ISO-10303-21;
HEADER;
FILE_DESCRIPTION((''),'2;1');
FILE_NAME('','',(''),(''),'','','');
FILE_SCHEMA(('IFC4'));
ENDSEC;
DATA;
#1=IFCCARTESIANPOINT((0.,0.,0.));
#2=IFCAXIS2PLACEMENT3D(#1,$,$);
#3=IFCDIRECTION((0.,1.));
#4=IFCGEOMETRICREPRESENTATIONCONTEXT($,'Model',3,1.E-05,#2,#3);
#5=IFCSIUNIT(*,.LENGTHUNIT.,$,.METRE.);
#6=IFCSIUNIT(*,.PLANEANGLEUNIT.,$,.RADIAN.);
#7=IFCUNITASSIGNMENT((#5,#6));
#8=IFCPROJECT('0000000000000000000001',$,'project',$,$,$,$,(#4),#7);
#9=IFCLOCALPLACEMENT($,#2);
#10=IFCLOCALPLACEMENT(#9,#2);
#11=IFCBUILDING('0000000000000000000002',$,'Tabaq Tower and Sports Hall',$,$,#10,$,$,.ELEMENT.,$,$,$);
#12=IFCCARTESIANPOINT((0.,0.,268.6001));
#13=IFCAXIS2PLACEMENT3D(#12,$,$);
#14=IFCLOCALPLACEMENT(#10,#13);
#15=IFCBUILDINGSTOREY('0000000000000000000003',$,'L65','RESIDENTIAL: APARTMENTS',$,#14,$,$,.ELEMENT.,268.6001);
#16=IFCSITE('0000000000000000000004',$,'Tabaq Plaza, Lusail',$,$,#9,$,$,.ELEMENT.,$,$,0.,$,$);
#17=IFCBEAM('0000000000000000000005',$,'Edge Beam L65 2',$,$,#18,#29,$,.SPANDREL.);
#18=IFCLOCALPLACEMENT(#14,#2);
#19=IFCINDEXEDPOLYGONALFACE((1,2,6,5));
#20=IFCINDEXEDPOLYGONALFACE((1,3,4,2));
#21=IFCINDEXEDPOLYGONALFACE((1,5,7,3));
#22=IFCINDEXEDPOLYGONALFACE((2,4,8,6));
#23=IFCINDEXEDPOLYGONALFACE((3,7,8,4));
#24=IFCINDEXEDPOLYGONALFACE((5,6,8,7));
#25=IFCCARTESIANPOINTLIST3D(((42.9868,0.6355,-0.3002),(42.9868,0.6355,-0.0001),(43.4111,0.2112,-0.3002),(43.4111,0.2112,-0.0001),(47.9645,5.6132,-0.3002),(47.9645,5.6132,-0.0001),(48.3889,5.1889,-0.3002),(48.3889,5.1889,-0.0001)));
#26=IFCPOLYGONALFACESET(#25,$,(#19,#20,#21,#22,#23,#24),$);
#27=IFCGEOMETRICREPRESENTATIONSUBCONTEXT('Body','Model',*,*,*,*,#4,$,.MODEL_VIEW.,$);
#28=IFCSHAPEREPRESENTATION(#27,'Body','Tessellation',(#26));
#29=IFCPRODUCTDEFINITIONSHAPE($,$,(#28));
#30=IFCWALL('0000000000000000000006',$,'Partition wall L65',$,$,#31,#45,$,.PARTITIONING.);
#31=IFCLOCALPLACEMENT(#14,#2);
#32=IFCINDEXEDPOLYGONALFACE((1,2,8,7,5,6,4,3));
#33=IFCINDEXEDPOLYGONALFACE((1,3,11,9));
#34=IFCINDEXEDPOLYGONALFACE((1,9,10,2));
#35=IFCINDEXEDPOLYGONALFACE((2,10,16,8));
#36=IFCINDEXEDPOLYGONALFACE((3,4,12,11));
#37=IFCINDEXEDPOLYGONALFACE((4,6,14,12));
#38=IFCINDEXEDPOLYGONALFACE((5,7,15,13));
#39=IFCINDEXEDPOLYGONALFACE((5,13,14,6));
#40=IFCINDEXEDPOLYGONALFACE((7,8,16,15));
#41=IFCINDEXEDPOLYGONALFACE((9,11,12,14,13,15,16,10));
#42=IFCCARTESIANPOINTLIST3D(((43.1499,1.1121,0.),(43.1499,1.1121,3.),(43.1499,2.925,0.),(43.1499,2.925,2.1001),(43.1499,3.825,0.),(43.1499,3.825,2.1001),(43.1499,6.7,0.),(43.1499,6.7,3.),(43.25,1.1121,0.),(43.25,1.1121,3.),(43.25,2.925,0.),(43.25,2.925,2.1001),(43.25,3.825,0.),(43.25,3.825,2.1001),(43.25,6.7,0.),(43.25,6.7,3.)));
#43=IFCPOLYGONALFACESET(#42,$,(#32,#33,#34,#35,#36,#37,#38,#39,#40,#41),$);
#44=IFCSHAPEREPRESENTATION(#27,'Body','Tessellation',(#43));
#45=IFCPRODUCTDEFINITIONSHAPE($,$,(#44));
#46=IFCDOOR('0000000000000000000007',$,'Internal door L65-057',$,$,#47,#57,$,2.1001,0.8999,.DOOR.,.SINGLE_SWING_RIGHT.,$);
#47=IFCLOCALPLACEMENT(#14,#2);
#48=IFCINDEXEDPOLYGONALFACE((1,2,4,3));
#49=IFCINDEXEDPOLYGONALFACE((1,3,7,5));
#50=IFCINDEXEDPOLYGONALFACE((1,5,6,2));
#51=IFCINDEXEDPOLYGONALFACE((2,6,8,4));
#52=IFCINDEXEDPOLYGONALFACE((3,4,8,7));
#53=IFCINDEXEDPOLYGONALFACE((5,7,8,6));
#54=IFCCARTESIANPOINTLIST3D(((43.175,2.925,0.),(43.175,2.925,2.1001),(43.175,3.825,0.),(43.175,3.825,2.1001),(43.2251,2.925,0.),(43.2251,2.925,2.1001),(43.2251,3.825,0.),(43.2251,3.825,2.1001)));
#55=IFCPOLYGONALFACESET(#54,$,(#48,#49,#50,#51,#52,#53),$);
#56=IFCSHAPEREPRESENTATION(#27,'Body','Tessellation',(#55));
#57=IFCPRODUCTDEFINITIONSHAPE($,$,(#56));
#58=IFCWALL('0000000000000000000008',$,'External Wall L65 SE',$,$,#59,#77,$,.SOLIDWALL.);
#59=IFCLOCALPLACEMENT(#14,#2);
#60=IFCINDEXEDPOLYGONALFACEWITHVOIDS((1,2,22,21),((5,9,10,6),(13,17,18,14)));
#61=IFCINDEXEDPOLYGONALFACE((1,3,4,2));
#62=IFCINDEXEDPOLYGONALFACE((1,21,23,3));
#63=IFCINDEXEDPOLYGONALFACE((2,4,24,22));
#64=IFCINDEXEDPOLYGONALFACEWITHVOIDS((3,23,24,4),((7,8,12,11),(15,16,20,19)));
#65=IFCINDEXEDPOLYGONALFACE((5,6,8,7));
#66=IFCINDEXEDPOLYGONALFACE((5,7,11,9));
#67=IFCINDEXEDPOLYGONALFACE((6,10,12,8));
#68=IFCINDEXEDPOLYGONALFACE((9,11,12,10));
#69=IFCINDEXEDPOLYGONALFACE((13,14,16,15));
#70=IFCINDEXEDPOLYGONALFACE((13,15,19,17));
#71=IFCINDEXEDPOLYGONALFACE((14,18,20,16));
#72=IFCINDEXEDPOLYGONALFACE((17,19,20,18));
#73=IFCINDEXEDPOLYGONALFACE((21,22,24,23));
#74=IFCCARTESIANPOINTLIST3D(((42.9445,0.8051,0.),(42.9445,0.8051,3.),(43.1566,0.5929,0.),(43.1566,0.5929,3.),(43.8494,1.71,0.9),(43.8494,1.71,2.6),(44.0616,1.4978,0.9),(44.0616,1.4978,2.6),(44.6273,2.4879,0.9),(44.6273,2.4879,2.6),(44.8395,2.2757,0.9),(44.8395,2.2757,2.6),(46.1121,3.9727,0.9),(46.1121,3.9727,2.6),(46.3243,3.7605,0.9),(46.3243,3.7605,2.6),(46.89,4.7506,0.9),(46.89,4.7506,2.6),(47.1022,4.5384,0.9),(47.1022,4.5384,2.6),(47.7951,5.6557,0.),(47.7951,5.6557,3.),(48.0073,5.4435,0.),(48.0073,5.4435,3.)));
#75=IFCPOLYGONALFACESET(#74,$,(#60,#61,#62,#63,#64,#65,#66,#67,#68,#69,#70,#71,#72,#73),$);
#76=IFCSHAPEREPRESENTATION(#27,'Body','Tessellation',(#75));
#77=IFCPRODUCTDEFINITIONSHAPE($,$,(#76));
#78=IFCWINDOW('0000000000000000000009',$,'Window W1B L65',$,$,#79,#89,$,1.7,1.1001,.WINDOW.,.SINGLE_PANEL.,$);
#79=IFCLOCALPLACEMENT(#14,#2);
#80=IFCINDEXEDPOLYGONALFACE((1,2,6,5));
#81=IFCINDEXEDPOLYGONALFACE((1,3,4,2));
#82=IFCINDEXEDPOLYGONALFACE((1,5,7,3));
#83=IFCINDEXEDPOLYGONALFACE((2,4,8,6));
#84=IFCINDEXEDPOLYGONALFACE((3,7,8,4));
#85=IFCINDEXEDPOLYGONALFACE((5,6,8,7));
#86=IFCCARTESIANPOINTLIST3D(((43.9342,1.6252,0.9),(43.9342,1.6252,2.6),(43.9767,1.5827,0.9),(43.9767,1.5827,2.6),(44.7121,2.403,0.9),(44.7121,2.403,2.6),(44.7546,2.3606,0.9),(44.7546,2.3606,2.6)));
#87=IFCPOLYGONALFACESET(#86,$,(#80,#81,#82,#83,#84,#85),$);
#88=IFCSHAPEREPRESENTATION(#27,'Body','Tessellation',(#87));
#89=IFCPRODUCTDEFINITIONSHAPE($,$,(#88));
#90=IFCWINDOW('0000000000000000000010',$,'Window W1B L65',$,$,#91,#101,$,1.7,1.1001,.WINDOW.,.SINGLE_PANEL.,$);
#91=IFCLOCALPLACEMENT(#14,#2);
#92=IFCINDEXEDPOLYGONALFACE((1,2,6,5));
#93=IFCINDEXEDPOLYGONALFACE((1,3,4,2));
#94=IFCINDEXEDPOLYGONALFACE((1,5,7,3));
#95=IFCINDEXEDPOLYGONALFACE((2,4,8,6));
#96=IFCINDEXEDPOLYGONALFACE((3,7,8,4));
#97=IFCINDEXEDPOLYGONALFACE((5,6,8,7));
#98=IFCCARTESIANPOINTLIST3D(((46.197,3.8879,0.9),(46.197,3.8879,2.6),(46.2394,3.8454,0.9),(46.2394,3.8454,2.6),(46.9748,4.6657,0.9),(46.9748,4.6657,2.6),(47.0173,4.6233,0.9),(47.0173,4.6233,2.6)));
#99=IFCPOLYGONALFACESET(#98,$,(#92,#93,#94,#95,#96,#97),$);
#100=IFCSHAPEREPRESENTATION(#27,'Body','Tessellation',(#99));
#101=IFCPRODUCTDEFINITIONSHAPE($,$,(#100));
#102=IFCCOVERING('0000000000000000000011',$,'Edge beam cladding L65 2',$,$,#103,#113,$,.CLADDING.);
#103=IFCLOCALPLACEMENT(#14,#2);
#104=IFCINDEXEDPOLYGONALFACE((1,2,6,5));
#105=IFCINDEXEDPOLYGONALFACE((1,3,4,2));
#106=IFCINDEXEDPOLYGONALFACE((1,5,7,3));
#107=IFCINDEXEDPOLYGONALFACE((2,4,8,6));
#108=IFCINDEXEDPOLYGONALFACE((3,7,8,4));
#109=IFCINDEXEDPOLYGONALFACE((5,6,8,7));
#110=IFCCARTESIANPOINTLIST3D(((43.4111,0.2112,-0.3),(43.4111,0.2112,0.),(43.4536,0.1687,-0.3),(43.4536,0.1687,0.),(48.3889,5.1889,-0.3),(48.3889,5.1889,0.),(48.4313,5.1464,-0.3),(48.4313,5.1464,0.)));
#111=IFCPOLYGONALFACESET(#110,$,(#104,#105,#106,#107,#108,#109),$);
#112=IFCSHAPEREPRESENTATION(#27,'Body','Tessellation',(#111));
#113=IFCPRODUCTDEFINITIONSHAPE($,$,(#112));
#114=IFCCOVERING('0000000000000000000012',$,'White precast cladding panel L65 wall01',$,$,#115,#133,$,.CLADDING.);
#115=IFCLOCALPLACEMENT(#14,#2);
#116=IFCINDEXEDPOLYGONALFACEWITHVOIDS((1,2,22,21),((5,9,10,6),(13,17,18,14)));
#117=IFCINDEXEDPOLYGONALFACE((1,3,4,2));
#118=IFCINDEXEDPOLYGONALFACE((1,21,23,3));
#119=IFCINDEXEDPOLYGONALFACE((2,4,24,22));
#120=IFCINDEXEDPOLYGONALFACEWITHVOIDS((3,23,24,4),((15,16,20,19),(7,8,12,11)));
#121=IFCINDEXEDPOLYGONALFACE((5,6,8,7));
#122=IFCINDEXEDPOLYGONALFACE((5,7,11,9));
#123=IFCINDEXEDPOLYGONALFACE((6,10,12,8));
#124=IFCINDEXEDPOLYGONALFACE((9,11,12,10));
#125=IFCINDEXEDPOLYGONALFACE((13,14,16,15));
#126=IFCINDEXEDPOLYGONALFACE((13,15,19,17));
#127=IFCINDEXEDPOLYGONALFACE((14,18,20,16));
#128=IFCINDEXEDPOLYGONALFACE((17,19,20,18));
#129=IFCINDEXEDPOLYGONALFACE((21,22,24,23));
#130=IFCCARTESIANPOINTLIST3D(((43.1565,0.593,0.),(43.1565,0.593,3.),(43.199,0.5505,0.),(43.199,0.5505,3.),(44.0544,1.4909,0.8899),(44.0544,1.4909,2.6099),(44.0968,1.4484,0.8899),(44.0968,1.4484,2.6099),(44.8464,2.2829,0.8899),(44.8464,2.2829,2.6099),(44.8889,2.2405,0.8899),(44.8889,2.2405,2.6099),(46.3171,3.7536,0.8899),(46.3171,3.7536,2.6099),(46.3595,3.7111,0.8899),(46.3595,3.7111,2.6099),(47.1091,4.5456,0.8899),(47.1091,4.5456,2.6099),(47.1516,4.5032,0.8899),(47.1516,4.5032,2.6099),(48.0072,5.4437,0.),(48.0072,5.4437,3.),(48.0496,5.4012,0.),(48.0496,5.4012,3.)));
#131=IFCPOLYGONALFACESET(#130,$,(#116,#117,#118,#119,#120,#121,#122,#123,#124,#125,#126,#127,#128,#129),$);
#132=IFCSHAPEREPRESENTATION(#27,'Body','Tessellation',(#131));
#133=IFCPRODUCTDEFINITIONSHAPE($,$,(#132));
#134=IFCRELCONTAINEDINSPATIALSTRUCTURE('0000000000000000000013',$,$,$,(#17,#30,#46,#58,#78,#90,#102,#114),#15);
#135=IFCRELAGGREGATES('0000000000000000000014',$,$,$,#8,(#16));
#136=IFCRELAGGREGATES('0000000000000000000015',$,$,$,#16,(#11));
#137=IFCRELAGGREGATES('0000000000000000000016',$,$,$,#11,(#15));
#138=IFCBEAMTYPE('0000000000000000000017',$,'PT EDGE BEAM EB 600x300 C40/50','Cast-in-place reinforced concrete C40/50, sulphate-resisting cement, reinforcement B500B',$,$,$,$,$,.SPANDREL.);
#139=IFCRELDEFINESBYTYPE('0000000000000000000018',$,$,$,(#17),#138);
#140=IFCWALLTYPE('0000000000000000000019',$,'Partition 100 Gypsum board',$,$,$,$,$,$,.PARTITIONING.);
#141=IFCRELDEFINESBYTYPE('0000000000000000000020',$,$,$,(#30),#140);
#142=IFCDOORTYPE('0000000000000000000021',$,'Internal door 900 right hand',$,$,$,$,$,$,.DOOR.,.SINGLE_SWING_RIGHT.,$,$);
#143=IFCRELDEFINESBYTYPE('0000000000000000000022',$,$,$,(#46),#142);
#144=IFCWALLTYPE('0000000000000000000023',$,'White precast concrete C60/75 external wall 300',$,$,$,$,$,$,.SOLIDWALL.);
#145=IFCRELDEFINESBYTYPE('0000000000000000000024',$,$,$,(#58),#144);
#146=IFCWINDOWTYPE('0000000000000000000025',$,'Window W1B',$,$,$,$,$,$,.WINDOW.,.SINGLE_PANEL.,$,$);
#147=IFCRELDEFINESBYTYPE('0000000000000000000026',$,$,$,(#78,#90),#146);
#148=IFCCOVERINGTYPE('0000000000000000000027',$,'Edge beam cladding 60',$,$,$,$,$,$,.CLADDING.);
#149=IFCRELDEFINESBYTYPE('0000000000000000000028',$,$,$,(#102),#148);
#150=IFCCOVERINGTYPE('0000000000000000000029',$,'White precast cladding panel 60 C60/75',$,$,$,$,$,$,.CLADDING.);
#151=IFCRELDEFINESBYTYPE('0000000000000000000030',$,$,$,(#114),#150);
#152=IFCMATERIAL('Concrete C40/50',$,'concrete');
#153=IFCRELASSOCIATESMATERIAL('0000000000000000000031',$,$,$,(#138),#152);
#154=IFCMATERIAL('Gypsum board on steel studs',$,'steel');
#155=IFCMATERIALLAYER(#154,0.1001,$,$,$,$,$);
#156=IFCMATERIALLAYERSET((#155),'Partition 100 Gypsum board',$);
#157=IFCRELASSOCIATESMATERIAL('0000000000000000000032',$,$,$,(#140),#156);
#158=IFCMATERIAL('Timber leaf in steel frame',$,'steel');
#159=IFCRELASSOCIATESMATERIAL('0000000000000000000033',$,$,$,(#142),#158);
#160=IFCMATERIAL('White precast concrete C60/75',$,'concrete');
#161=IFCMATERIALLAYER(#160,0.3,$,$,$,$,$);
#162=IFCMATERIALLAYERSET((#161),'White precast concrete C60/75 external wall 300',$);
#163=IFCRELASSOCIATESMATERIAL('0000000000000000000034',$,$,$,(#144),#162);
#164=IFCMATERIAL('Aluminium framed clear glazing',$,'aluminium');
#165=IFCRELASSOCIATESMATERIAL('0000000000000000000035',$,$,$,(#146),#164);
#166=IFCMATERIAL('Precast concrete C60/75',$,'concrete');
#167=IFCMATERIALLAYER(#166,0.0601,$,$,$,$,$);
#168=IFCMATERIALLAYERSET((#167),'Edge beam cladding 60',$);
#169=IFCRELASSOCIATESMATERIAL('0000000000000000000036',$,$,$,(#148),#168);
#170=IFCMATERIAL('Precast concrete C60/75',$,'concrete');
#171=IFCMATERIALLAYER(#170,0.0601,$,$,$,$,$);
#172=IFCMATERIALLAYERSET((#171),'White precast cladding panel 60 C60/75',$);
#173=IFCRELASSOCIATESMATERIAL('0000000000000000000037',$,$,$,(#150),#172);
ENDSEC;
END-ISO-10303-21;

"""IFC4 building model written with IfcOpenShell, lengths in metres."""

from ifc_helpers import new_model, si_unit, direction, frame, frame_2d, origin, origin_2d, place, context, subcontext, project, spatial, polyline, rectangle, outline, extrude, material, layer, layer_set, material_profile, profile_set, type_object, element, fill, save


model = new_model("IFC4")

# Units and contexts
model_context = context("Model", 3, precision=1e-05, world=origin(), true_north=direction((0.0, 1.0)))
body_context = subcontext(model_context, "Body", "Model", "MODEL_VIEW")
ifc_project = project(units=[si_unit("LENGTHUNIT", "METRE"), si_unit("PLANEANGLEUNIT", "RADIAN")], contexts=[model_context])

# Site, building, storey
site_placement = place(None, origin())
site = spatial("IfcSite", under=ifc_project, at=site_placement, Name="Tabaq Plaza, Lusail", CompositionType="ELEMENT", RefElevation=0.0)
building_placement = place(site_placement, origin())
building = spatial("IfcBuilding", under=site, at=building_placement, Name="Tabaq Tower and Sports Hall", CompositionType="ELEMENT")
storey_placement = place(building_placement, frame((0.0, 0.0, 268.6001)))
storey = spatial("IfcBuildingStorey", under=building, at=storey_placement, Name="L65", Description="RESIDENTIAL: APARTMENTS", CompositionType="ELEMENT", Elevation=268.6001)

# Beam
ifc_material_1 = material(Name="Concrete C40/50", Category="concrete")
ifc_material_profile = material_profile(ifc_material_1, rectangle(XDim=0.6001, YDim=0.3, at=origin_2d()), Name="EB 600x300")
ifc_profile_set = profile_set([ifc_material_profile], Name="Concrete C40/50")
beam_type = type_object("IfcBeamType", Name="PT EDGE BEAM EB 600x300 C40/50", Description="Cast-in-place reinforced concrete C40/50, sulphate-resisting cement, reinforcement B500B", PredefinedType="SPANDREL", material=ifc_profile_set)
beam_placement = place(storey_placement, frame((43.199, 0.4233, -0.1501), z_axis=(0.707107, 0.707107, 0.0), x_axis=(-0.707107, 0.707107, 0.0)))
element("IfcBeam", 1, at=beam_placement, inside=storey, type_object=beam_type, Name="Edge Beam L65 2", PredefinedType="SPANDREL", context=body_context, shape_type="SweptSolid", body=[
    extrude(rectangle(XDim=0.6001, YDim=0.3, at=origin_2d()), origin(), (0.0, 0.0, 1.0), 7.0396),
])

# Wall, opening, door
ifc_material_2 = material(Name="Gypsum board on steel studs", Category="steel")
ifc_layer_1 = layer(ifc_material_2, 0.1001)
ifc_layer_set_1 = layer_set([ifc_layer_1], Name="Partition 100 Gypsum board")
wall_type_1 = type_object("IfcWallType", Name="Partition 100 Gypsum board", PredefinedType="PARTITIONING", material=ifc_layer_set_1)
wall_1_placement = place(storey_placement, frame((43.2, 1.1121, 0.0), z_axis=(0.0, 0.0, 1.0), x_axis=(0.0, 1.0, 0.0)))
wall_1 = element("IfcWall", 2, at=wall_1_placement, inside=storey, type_object=wall_type_1, Name="Partition wall L65", PredefinedType="PARTITIONING", context=body_context, shape_type="SweptSolid", body=[
    extrude(rectangle(XDim=5.5879, YDim=0.1001, at=frame_2d((2.7939, 0.0))), origin(), (0.0, 0.0, 1.0), 3.0),
])
opening_1_placement = place(wall_1_placement, frame((1.813, 0.0, 0.0)))
opening_1 = element("IfcOpeningElement", 3, at=opening_1_placement, cuts=wall_1, PredefinedType="OPENING", context=body_context, shape_type="SweptSolid", body=[
    extrude(rectangle(XDim=0.8999, YDim=2.1001, at=frame_2d((0.45, 1.05))), frame((0.0, 0.05, 0.0), z_axis=(0.0, -1.0, 0.0), x_axis=(1.0, 0.0, 0.0)), (0.0, 0.0, 1.0), 0.1001),
])
ifc_material_3 = material(Name="Timber leaf in steel frame", Category="steel")
door_type = type_object("IfcDoorType", Name="Internal door 900 right hand", OperationType="SINGLE_SWING_RIGHT", PredefinedType="DOOR", material=ifc_material_3)
door_placement = place(opening_1_placement, origin())
door = element("IfcDoor", 4, at=door_placement, inside=storey, type_object=door_type, Name="Internal door L65-057", OperationType="SINGLE_SWING_RIGHT", OverallHeight=2.1001, OverallWidth=0.8999, PredefinedType="DOOR", context=body_context, shape_type="SweptSolid", body=[
    extrude(rectangle(XDim=0.8999, YDim=2.1001, at=frame_2d((0.45, 1.05))), frame((0.0, 0.0249, 0.0), z_axis=(0.0, -1.0, 0.0), x_axis=(1.0, 0.0, 0.0)), (0.0, 0.0, 1.0), 0.05),
])
fill(opening_1, door)

# Wall, openings, windows
ifc_material_4 = material(Name="White precast concrete C60/75", Category="concrete")
ifc_layer_2 = layer(ifc_material_4, 0.3)
ifc_layer_set_2 = layer_set([ifc_layer_2], Name="White precast concrete C60/75 external wall 300")
wall_type_2 = type_object("IfcWallType", Name="White precast concrete C60/75 external wall 300", PredefinedType="SOLIDWALL", material=ifc_layer_set_2)
wall_2_placement = place(storey_placement, frame((43.0505, 0.699, 0.0), z_axis=(0.0, 0.0, 1.0), x_axis=(0.707107, 0.707107, 0.0)))
wall_2 = element("IfcWall", 5, at=wall_2_placement, inside=storey, type_object=wall_type_2, Name="External Wall L65 SE", PredefinedType="SOLIDWALL", context=body_context, shape_type="SweptSolid", body=[
    extrude(rectangle(XDim=6.8599, YDim=0.3, at=frame_2d((3.4299, 0.0))), origin(), (0.0, 0.0, 1.0), 3.0),
])
opening_2_placement = place(wall_2_placement, frame((1.2798, 0.0, 0.8999)))
opening_2 = element("IfcOpeningElement", 6, at=opening_2_placement, cuts=wall_2, PredefinedType="OPENING", context=body_context, shape_type="SweptSolid", body=[
    extrude(rectangle(XDim=1.1001, YDim=1.7, at=frame_2d((0.55, 0.8501))), frame((0.0, 0.1602, 0.0), z_axis=(0.0, -1.0, 0.0), x_axis=(1.0, 0.0, 0.0)), (0.0, 0.0, 1.0), 0.3201),
])
opening_3_placement = place(wall_2_placement, frame((4.4797, 0.0, 0.8999)))
opening_3 = element("IfcOpeningElement", 7, at=opening_3_placement, cuts=wall_2, PredefinedType="OPENING", context=body_context, shape_type="SweptSolid", body=[
    extrude(rectangle(XDim=1.1001, YDim=1.7, at=frame_2d((0.55, 0.8501))), frame((0.0, 0.1602, 0.0), z_axis=(0.0, -1.0, 0.0), x_axis=(1.0, 0.0, 0.0)), (0.0, 0.0, 1.0), 0.3201),
])
ifc_material_5 = material(Name="Aluminium framed clear glazing", Category="aluminium")
window_type = type_object("IfcWindowType", Name="Window W1B", PartitioningType="SINGLE_PANEL", PredefinedType="WINDOW", material=ifc_material_5)
window_1_placement = place(opening_2_placement, origin())
window_1 = element("IfcWindow", 8, at=window_1_placement, inside=storey, type_object=window_type, Name="Window W1B L65", OverallHeight=1.7, OverallWidth=1.1001, PartitioningType="SINGLE_PANEL", PredefinedType="WINDOW", context=body_context, shape_type="SweptSolid", body=[
    extrude(rectangle(XDim=1.1001, YDim=1.7, at=frame_2d((0.55, 0.8501))), frame((0.0, 0.03, 0.0), z_axis=(0.0, -1.0, 0.0), x_axis=(1.0, 0.0, 0.0)), (0.0, 0.0, 1.0), 0.0601),
])
fill(opening_2, window_1)
window_2_placement = place(opening_3_placement, origin())
window_2 = element("IfcWindow", 9, at=window_2_placement, inside=storey, type_object=window_type, Name="Window W1B L65", OverallHeight=1.7, OverallWidth=1.1001, PartitioningType="SINGLE_PANEL", PredefinedType="WINDOW", context=body_context, shape_type="SweptSolid", body=[
    extrude(rectangle(XDim=1.1001, YDim=1.7, at=frame_2d((0.55, 0.8501))), frame((0.0, 0.03, 0.0), z_axis=(0.0, -1.0, 0.0), x_axis=(1.0, 0.0, 0.0)), (0.0, 0.0, 1.0), 0.0601),
])
fill(opening_3, window_2)

# Coverings
ifc_material_6 = material(Name="Precast concrete C60/75", Category="concrete")
ifc_layer_3 = layer(ifc_material_6, 0.0601)
ifc_layer_set_3 = layer_set([ifc_layer_3], Name="Edge beam cladding 60")
covering_type_1 = type_object("IfcCoveringType", Name="Edge beam cladding 60", PredefinedType="CLADDING", material=ifc_layer_set_3)
covering_1_placement = place(storey_placement, frame((43.4324, 0.1899, -0.3), z_axis=(0.0, 0.0, 1.0), x_axis=(0.707107, 0.707107, 0.0)))
element("IfcCovering", 10, at=covering_1_placement, inside=storey, type_object=covering_type_1, Name="Edge beam cladding L65 2", PredefinedType="CLADDING", context=body_context, shape_type="SweptSolid", body=[
    extrude(rectangle(XDim=7.0396, YDim=0.0601, at=frame_2d((3.5198, 0.0))), origin(), (0.0, 0.0, 1.0), 0.3),
])
ifc_material_7 = material(Name="Precast concrete C60/75", Category="concrete")
ifc_layer_4 = layer(ifc_material_7, 0.0601)
ifc_layer_set_4 = layer_set([ifc_layer_4], Name="White precast cladding panel 60 C60/75")
covering_type_2 = type_object("IfcCoveringType", Name="White precast cladding panel 60 C60/75", PredefinedType="CLADDING", material=ifc_layer_set_4)
covering_2_placement = place(storey_placement, frame((43.1777, 0.5718, 0.0), z_axis=(0.0, 0.0, 1.0), x_axis=(0.707107, 0.707107, 0.0)))
element("IfcCovering", 11, at=covering_2_placement, inside=storey, type_object=covering_type_2, Name="White precast cladding panel L65 wall01", PredefinedType="CLADDING", context=body_context, shape_type="SweptSolid", body=[
    extrude(outline(polyline([(0.0, 0.0), (6.8599, 0.0), (6.8599, 3.0), (0.0, 3.0), (0.0, 0.0)]), holes=[polyline([(1.2698, 2.6099), (2.3899, 2.6099), (2.3899, 0.8899), (1.2698, 0.8899), (1.2698, 2.6099)]), polyline([(4.4697, 2.6099), (5.5898, 2.6099), (5.5898, 0.8899), (4.4697, 0.8899), (4.4697, 2.6099)])]), frame((0.0, 0.03, 0.0), z_axis=(0.0, -1.0, 0.0), x_axis=(1.0, 0.0, 0.0)), (0.0, 0.0, 1.0), 0.0601),
])

save(model, "model.ifc")
